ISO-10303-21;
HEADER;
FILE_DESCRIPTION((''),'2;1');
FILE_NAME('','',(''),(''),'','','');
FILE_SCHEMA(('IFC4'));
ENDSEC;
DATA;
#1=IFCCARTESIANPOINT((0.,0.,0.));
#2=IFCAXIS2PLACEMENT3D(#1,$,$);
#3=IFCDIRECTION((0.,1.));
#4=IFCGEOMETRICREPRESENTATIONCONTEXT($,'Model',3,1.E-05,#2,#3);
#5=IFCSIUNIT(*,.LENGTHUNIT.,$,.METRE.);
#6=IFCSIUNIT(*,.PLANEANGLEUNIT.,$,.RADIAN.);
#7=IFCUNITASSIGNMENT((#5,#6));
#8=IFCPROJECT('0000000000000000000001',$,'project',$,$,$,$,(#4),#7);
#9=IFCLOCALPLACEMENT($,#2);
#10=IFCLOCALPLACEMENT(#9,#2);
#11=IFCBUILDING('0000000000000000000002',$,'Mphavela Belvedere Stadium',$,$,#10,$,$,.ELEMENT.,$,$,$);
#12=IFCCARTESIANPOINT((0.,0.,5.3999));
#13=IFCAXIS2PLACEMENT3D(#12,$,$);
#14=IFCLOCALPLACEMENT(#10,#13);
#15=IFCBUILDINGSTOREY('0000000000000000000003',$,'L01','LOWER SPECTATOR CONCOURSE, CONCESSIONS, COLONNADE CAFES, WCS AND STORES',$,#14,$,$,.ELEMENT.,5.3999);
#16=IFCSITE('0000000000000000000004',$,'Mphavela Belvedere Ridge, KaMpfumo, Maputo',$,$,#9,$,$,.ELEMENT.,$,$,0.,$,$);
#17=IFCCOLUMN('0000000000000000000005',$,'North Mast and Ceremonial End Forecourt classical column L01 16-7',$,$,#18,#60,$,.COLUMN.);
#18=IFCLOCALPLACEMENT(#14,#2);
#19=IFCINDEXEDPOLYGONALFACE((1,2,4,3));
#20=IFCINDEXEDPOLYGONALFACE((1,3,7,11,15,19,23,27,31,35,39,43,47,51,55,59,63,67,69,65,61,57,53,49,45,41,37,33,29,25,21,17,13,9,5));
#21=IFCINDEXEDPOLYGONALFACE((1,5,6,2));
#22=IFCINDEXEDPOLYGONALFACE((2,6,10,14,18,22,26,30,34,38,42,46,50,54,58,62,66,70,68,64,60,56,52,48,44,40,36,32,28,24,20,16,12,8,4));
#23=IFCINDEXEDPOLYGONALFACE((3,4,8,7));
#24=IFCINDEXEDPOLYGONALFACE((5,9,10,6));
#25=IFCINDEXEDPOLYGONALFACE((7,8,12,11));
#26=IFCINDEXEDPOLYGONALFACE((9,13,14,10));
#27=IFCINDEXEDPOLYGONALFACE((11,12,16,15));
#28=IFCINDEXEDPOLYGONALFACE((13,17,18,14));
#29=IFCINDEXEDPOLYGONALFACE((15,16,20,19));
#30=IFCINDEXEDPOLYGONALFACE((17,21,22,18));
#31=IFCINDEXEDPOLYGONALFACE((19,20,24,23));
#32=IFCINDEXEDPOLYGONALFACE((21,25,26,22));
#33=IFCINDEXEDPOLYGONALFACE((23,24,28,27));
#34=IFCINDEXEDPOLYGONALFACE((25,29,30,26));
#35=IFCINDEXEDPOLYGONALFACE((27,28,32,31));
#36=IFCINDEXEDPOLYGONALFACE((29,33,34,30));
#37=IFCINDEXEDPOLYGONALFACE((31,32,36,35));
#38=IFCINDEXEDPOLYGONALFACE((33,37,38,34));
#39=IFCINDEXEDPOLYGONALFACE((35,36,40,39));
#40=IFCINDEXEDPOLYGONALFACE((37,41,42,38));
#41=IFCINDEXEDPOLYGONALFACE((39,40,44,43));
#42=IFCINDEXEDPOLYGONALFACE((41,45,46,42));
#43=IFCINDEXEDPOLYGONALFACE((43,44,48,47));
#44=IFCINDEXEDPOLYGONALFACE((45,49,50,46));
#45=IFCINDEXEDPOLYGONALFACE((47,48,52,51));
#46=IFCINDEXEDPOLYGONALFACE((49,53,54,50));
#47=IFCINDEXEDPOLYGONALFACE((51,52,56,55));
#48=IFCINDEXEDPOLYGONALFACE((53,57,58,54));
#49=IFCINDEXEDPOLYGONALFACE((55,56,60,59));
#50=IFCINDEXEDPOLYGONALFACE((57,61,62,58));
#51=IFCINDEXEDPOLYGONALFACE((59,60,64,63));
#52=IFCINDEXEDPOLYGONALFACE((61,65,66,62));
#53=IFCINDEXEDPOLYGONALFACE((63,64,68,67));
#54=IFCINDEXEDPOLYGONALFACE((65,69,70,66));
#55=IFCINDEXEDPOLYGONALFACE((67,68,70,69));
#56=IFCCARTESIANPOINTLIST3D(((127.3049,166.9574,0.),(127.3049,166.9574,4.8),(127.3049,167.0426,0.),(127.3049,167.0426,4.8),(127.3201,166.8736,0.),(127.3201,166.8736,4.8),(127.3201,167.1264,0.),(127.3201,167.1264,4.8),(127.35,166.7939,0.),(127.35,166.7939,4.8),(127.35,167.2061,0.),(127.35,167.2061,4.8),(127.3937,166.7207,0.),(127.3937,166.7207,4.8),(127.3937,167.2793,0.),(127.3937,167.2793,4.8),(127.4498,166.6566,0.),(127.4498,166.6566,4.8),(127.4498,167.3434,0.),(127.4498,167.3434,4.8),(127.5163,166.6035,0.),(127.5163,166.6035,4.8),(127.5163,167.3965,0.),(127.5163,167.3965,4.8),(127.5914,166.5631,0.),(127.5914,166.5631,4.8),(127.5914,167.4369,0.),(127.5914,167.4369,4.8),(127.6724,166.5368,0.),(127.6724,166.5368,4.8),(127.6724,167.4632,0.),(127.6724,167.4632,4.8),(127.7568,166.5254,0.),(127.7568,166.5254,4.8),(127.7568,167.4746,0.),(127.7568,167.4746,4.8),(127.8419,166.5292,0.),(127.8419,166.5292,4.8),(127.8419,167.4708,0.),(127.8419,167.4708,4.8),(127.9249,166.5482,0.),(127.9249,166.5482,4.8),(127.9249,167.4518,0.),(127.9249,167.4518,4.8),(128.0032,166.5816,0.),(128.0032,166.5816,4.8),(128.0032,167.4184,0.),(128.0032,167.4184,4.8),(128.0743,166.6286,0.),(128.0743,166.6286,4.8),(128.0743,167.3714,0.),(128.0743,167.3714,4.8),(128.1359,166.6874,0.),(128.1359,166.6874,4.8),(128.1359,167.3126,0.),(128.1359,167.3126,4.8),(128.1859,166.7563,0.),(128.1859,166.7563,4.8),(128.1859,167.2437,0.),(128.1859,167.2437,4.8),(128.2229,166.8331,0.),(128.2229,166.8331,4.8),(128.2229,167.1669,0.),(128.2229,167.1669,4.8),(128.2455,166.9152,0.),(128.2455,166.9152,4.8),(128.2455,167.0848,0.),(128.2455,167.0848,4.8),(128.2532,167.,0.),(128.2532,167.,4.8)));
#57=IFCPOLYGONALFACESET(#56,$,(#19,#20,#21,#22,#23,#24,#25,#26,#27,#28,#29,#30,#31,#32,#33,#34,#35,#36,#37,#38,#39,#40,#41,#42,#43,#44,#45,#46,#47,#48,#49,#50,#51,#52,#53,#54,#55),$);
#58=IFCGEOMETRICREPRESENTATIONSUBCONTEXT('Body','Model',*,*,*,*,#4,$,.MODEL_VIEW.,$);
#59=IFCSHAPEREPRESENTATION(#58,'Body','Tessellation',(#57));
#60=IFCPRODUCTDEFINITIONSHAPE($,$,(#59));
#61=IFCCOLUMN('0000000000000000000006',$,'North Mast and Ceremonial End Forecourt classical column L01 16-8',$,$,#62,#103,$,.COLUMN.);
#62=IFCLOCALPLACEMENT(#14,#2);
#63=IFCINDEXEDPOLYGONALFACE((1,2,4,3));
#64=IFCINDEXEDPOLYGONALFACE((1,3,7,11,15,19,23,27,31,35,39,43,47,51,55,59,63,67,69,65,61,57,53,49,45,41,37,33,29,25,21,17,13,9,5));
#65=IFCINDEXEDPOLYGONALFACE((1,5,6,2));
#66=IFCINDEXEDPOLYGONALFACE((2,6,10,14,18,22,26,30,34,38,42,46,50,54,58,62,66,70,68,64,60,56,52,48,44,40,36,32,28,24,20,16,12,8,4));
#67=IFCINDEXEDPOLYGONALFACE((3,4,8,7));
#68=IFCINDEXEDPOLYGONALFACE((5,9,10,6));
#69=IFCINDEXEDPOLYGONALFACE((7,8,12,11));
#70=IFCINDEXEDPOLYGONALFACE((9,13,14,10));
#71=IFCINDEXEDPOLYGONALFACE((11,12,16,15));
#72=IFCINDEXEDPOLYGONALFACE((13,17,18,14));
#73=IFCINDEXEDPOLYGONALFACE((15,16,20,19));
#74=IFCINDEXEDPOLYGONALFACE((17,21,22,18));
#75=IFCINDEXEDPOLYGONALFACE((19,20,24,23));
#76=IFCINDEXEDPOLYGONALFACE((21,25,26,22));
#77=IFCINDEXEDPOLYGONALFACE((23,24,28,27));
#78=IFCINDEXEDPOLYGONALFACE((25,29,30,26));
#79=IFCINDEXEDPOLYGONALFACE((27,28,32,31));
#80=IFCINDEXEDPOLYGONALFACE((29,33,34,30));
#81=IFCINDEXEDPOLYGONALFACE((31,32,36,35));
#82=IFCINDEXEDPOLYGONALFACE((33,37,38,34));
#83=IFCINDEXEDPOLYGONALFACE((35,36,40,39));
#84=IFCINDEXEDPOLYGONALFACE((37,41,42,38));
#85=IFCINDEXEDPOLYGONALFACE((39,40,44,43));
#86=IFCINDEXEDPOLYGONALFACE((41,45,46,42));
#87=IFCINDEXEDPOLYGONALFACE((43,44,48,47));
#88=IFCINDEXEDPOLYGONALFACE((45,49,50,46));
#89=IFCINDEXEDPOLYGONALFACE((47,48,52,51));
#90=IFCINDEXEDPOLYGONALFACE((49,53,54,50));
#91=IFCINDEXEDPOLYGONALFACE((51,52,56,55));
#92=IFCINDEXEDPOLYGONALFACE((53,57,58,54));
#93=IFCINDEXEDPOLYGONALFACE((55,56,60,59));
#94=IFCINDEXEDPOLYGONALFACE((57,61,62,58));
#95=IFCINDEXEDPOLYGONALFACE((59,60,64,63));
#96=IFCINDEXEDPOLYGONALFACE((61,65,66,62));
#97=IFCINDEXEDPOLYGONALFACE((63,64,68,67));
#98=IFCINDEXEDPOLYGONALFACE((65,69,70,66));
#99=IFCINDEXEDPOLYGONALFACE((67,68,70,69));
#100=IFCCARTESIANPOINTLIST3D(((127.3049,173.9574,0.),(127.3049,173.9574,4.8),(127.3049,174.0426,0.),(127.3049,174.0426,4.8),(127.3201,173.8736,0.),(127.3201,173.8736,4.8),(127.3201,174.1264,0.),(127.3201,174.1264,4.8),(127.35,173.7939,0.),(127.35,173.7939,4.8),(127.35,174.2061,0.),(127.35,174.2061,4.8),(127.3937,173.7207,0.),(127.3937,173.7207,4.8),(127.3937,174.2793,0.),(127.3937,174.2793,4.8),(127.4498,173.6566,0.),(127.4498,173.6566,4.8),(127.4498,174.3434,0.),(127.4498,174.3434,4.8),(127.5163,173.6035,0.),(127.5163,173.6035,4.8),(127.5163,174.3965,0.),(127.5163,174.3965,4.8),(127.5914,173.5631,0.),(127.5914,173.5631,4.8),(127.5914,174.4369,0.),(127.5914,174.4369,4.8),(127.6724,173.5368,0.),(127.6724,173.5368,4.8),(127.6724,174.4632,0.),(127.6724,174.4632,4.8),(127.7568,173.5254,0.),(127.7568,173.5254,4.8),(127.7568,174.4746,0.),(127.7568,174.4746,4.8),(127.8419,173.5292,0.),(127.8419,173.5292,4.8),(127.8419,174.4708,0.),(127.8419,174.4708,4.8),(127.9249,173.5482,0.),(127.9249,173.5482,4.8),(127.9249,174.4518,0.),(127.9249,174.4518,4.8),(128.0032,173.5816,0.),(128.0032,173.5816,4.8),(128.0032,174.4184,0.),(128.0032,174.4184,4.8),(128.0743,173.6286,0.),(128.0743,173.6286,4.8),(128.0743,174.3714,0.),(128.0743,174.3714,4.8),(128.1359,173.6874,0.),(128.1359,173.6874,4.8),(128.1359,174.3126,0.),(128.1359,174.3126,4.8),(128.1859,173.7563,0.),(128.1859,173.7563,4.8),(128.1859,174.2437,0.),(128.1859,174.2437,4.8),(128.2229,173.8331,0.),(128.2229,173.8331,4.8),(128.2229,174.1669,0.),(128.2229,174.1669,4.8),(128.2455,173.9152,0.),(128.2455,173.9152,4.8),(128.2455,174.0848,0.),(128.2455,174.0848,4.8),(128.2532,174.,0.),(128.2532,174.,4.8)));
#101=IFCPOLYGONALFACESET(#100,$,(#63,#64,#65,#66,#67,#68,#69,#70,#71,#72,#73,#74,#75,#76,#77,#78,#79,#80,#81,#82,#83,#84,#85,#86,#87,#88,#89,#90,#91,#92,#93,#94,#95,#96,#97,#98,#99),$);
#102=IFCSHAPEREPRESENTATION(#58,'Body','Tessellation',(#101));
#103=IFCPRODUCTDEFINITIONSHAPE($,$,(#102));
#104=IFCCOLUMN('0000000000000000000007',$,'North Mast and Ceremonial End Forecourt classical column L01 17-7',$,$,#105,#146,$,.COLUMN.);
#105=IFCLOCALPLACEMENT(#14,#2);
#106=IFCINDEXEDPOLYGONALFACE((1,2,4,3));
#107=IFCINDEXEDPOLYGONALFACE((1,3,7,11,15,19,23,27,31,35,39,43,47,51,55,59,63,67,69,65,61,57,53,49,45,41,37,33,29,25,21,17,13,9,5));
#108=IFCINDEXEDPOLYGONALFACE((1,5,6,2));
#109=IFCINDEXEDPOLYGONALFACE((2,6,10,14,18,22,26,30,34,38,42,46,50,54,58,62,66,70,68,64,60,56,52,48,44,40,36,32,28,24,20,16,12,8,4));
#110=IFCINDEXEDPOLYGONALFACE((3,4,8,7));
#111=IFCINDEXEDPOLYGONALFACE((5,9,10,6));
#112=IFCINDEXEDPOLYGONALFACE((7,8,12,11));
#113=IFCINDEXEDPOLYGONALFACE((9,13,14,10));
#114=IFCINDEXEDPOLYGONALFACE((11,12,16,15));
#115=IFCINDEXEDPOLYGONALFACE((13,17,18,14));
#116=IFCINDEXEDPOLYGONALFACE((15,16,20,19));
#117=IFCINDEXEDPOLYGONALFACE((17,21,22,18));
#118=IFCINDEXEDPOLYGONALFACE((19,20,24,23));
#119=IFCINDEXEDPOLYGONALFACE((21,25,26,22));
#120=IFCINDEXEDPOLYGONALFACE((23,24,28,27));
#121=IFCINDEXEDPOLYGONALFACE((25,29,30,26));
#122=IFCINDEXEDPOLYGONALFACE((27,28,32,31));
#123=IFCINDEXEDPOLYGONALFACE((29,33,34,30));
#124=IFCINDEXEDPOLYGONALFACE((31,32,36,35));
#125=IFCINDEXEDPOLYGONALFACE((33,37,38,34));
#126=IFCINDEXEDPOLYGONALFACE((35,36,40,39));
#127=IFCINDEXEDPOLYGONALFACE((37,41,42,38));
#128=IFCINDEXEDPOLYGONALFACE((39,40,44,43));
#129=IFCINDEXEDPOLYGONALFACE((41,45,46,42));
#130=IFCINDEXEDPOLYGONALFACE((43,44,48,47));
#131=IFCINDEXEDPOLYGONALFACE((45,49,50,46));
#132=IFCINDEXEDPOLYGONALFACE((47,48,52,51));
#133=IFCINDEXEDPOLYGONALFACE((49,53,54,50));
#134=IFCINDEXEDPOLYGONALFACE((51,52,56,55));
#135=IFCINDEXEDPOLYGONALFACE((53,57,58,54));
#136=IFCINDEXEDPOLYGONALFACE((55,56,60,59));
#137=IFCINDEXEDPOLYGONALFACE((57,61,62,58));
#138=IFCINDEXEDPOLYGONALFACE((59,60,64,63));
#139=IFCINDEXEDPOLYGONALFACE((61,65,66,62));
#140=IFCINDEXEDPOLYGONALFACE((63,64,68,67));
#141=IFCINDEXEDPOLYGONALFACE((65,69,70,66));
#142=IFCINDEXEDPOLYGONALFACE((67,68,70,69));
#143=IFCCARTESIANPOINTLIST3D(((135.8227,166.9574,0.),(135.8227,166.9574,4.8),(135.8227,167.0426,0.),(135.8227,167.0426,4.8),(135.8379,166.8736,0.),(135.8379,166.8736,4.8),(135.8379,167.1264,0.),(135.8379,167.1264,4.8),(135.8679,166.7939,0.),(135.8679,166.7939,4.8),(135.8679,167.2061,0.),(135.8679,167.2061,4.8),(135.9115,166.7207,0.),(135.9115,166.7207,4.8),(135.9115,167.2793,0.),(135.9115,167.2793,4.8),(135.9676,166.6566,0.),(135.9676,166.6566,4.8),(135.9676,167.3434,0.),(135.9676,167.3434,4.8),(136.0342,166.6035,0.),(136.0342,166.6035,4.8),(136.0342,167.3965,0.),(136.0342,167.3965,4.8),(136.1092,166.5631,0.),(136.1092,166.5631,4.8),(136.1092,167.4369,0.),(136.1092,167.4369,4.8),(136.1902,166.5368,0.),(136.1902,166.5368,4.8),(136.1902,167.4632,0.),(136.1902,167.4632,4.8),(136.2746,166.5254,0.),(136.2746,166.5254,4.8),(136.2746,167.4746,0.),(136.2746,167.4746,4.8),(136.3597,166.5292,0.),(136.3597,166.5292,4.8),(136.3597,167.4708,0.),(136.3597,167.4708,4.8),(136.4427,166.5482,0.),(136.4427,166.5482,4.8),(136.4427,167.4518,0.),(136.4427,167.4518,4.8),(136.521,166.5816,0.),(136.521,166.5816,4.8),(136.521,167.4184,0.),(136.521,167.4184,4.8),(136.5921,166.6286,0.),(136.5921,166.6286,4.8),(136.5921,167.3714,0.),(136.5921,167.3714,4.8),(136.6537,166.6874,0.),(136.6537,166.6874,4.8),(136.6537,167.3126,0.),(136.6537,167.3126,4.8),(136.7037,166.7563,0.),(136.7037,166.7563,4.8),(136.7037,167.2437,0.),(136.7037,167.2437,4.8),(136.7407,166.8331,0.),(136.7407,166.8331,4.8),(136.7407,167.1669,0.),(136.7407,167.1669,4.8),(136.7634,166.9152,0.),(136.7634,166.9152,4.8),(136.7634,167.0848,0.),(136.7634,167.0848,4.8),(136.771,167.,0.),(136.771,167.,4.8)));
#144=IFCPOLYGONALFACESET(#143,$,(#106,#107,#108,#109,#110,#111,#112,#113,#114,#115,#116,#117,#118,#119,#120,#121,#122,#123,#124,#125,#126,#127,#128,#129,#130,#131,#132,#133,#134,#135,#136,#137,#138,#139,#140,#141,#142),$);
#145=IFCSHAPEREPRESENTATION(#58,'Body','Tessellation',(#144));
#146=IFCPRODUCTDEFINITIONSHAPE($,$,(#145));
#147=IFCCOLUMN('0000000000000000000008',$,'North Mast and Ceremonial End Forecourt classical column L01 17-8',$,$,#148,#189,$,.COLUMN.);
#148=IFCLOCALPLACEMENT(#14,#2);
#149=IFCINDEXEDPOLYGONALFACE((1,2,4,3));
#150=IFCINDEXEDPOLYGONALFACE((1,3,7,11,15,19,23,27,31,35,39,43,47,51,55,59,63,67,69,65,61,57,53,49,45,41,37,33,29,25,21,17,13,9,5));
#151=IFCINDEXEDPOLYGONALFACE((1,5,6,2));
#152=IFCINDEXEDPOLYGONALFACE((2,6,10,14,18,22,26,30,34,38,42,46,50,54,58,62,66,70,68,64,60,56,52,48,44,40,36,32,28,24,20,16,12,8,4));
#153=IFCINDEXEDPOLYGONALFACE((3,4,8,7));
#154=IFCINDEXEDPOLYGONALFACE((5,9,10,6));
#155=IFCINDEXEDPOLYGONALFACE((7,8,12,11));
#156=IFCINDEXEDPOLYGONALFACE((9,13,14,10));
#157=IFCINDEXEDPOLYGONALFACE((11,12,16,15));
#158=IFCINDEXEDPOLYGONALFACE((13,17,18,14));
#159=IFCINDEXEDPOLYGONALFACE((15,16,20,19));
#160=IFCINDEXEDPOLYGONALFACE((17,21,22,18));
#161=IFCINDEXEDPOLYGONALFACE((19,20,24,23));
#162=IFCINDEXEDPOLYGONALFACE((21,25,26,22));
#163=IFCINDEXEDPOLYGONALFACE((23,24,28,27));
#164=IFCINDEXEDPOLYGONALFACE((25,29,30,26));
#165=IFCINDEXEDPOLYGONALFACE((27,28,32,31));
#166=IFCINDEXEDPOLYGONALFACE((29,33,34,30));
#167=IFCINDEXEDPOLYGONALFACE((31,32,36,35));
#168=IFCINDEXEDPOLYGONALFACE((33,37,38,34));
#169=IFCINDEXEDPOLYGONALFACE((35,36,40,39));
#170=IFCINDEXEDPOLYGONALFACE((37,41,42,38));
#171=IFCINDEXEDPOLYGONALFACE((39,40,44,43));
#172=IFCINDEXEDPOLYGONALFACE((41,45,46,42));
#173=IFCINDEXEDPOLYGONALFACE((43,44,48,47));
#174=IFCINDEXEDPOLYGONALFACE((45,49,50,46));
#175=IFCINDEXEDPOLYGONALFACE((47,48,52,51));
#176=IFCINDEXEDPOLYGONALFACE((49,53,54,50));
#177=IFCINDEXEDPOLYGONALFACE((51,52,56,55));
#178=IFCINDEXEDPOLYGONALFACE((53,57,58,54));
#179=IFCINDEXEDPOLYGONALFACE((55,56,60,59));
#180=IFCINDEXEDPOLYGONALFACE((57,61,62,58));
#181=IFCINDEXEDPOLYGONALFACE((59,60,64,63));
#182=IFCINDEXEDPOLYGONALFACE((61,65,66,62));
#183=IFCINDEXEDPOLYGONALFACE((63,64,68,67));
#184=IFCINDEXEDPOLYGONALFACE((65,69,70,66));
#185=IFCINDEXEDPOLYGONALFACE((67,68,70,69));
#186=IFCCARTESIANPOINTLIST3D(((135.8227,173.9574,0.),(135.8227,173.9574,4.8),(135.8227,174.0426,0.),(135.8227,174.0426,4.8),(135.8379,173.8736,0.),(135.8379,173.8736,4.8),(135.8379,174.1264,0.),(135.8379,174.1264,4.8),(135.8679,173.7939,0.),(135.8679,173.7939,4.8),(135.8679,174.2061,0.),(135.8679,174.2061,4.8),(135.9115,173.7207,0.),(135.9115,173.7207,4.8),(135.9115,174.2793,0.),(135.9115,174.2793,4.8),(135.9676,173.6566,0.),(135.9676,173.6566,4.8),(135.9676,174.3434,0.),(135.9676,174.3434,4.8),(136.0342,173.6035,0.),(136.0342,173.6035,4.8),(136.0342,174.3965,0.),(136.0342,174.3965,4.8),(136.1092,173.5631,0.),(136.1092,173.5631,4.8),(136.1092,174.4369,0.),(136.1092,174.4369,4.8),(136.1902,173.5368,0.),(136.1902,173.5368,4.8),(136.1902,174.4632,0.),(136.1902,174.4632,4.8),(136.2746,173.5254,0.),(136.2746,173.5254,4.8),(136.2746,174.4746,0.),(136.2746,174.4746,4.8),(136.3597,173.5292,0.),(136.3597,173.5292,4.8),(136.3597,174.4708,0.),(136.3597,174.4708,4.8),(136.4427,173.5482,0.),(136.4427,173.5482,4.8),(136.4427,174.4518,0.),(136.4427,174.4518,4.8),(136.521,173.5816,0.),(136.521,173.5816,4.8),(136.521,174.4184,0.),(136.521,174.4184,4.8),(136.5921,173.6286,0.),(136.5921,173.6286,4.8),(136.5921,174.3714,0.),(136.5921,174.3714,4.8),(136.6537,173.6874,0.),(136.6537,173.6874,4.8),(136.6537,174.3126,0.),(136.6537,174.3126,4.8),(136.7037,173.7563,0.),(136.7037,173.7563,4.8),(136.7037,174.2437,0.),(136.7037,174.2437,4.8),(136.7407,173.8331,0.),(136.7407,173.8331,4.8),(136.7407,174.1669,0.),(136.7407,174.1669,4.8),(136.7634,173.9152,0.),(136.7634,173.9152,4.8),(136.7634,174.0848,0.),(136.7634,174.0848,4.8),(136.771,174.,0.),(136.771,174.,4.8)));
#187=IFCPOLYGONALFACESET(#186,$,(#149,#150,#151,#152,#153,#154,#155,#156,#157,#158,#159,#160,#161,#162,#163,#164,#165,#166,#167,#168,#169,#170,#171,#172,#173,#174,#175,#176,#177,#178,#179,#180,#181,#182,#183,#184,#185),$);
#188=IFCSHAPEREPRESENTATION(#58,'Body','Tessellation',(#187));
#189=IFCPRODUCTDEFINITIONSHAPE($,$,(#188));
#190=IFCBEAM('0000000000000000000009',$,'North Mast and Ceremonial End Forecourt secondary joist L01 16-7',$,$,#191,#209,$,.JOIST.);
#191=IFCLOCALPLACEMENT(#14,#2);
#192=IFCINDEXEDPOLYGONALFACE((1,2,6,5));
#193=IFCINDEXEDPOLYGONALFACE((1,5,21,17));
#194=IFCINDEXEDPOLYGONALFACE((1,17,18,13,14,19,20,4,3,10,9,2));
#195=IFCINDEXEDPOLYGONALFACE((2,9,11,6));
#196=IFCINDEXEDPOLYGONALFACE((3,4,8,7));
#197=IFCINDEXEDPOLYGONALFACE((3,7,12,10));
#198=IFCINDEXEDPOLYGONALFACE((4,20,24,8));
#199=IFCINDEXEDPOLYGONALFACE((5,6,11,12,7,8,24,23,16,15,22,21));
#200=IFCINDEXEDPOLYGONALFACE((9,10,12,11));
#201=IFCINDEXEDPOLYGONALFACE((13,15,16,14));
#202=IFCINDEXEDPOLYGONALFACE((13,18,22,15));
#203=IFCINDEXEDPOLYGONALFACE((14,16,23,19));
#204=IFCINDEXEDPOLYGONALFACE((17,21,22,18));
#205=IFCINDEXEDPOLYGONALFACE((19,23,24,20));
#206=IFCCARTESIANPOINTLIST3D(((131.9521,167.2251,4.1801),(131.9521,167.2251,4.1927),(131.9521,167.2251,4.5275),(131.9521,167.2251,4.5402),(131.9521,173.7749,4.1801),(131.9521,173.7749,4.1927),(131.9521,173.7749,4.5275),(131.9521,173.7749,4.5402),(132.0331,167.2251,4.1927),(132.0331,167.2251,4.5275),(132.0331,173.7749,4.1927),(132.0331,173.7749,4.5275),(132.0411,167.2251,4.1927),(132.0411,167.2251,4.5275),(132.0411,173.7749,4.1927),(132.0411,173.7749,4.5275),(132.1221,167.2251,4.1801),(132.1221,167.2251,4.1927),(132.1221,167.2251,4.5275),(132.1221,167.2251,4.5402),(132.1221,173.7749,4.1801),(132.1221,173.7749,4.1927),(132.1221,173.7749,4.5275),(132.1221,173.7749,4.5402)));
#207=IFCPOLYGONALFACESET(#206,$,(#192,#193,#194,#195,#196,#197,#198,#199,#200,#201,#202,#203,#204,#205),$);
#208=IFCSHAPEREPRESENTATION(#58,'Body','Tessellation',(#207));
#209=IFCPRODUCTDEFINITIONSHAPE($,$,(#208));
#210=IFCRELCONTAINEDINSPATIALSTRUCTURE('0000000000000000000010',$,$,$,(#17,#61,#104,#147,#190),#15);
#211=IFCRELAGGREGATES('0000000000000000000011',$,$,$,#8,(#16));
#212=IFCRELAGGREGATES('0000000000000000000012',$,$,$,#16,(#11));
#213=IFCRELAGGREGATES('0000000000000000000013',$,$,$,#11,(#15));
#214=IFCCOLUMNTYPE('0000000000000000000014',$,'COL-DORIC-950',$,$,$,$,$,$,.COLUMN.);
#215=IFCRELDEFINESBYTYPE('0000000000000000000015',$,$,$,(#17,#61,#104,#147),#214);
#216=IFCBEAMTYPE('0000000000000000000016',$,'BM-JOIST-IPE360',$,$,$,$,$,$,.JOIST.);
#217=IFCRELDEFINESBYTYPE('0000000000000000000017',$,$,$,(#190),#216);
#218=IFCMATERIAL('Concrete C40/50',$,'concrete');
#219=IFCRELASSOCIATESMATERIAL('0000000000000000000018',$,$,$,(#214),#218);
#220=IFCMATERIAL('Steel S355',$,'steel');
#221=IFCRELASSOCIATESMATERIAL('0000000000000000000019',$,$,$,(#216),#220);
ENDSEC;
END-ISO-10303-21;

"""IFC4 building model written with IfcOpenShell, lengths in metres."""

from ifc_helpers import new_model, si_unit, direction, frame, origin, origin_2d, place, context, subcontext, project, spatial, circle, i_section, extrude, material, material_profile, profile_set, type_object, element, save


model = new_model("IFC4")

# Units and contexts
model_context = context("Model", 3, precision=1e-05, world=origin(), true_north=direction((0.0, 1.0)))
body_context = subcontext(model_context, "Body", "Model", "MODEL_VIEW")
ifc_project = project(units=[si_unit("LENGTHUNIT", "METRE"), si_unit("PLANEANGLEUNIT", "RADIAN")], contexts=[model_context])

# Site, building, storey
site_placement = place(None, origin())
site = spatial("IfcSite", under=ifc_project, at=site_placement, Name="Mphavela Belvedere Ridge, KaMpfumo, Maputo", CompositionType="ELEMENT", RefElevation=0.0)
building_placement = place(site_placement, origin())
building = spatial("IfcBuilding", under=site, at=building_placement, Name="Mphavela Belvedere Stadium", CompositionType="ELEMENT")
storey_placement = place(building_placement, frame((0.0, 0.0, 5.3999)))
storey = spatial("IfcBuildingStorey", under=building, at=storey_placement, Name="L01", Description="LOWER SPECTATOR CONCOURSE, CONCESSIONS, COLONNADE CAFES, WCS AND STORES", CompositionType="ELEMENT", Elevation=5.3999)

# Columns
ifc_material_1 = material(Name="Concrete C40/50", Category="concrete")
ifc_material_profile_1 = material_profile(ifc_material_1, circle(Radius=0.4751, at=origin_2d()), Name="COL D950")
ifc_profile_set_1 = profile_set([ifc_material_profile_1], Name="Concrete C40/50")
column_type = type_object("IfcColumnType", Name="COL-DORIC-950", PredefinedType="COLUMN", material=ifc_profile_set_1)
for number, where, z_axis, x_axis, name in (
    (1, (127.7781, 167.0, 0.0), (0.0, 0.0, 1.0), (1.0, 0.0, 0.0), "North Mast and Ceremonial End Forecourt classical column L01 16-7"),
    (2, (127.7781, 174.0, 0.0), (0.0, 0.0, 1.0), (1.0, 0.0, 0.0), "North Mast and Ceremonial End Forecourt classical column L01 16-8"),
    (3, (136.2959, 167.0, 0.0), (0.0, 0.0, 1.0), (1.0, 0.0, 0.0), "North Mast and Ceremonial End Forecourt classical column L01 17-7"),
    (4, (136.2959, 174.0, 0.0), (0.0, 0.0, 1.0), (1.0, 0.0, 0.0), "North Mast and Ceremonial End Forecourt classical column L01 17-8"),
):
    element("IfcColumn", number, at=place(storey_placement, frame(where, z_axis=z_axis, x_axis=x_axis)), inside=storey, type_object=column_type, Name=name, PredefinedType="COLUMN", context=body_context, shape_type="SweptSolid", body=[
        extrude(circle(Radius=0.4751, at=origin_2d()), origin(), (0.0, 0.0, 1.0), 4.8),
    ])

# Beam
ifc_material_2 = material(Name="Steel S355", Category="steel")
ifc_material_profile_2 = material_profile(ifc_material_2, i_section(OverallWidth=0.1699, OverallDepth=0.3601, WebThickness=0.0081, FlangeThickness=0.0127, at=origin_2d()), Name="IPE 360")
ifc_profile_set_2 = profile_set([ifc_material_profile_2], Name="Steel S355")
beam_type_1 = type_object("IfcBeamType", Name="BM-JOIST-IPE360", PredefinedType="JOIST", material=ifc_profile_set_2)
beam_1_placement = place(storey_placement, frame((132.0371, 167.2251, 4.3601), z_axis=(0.0, 1.0, 0.0), x_axis=(-1.0, 0.0, 0.0)))
element("IfcBeam", 5, at=beam_1_placement, inside=storey, type_object=beam_type_1, Name="North Mast and Ceremonial End Forecourt secondary joist L01 16-7", PredefinedType="JOIST", context=body_context, shape_type="SweptSolid", body=[
    extrude(i_section(OverallWidth=0.1699, OverallDepth=0.3601, WebThickness=0.0081, FlangeThickness=0.0127, at=origin_2d()), origin(), (0.0, 0.0, 1.0), 6.5498),
])

save(model, "model.ifc")
